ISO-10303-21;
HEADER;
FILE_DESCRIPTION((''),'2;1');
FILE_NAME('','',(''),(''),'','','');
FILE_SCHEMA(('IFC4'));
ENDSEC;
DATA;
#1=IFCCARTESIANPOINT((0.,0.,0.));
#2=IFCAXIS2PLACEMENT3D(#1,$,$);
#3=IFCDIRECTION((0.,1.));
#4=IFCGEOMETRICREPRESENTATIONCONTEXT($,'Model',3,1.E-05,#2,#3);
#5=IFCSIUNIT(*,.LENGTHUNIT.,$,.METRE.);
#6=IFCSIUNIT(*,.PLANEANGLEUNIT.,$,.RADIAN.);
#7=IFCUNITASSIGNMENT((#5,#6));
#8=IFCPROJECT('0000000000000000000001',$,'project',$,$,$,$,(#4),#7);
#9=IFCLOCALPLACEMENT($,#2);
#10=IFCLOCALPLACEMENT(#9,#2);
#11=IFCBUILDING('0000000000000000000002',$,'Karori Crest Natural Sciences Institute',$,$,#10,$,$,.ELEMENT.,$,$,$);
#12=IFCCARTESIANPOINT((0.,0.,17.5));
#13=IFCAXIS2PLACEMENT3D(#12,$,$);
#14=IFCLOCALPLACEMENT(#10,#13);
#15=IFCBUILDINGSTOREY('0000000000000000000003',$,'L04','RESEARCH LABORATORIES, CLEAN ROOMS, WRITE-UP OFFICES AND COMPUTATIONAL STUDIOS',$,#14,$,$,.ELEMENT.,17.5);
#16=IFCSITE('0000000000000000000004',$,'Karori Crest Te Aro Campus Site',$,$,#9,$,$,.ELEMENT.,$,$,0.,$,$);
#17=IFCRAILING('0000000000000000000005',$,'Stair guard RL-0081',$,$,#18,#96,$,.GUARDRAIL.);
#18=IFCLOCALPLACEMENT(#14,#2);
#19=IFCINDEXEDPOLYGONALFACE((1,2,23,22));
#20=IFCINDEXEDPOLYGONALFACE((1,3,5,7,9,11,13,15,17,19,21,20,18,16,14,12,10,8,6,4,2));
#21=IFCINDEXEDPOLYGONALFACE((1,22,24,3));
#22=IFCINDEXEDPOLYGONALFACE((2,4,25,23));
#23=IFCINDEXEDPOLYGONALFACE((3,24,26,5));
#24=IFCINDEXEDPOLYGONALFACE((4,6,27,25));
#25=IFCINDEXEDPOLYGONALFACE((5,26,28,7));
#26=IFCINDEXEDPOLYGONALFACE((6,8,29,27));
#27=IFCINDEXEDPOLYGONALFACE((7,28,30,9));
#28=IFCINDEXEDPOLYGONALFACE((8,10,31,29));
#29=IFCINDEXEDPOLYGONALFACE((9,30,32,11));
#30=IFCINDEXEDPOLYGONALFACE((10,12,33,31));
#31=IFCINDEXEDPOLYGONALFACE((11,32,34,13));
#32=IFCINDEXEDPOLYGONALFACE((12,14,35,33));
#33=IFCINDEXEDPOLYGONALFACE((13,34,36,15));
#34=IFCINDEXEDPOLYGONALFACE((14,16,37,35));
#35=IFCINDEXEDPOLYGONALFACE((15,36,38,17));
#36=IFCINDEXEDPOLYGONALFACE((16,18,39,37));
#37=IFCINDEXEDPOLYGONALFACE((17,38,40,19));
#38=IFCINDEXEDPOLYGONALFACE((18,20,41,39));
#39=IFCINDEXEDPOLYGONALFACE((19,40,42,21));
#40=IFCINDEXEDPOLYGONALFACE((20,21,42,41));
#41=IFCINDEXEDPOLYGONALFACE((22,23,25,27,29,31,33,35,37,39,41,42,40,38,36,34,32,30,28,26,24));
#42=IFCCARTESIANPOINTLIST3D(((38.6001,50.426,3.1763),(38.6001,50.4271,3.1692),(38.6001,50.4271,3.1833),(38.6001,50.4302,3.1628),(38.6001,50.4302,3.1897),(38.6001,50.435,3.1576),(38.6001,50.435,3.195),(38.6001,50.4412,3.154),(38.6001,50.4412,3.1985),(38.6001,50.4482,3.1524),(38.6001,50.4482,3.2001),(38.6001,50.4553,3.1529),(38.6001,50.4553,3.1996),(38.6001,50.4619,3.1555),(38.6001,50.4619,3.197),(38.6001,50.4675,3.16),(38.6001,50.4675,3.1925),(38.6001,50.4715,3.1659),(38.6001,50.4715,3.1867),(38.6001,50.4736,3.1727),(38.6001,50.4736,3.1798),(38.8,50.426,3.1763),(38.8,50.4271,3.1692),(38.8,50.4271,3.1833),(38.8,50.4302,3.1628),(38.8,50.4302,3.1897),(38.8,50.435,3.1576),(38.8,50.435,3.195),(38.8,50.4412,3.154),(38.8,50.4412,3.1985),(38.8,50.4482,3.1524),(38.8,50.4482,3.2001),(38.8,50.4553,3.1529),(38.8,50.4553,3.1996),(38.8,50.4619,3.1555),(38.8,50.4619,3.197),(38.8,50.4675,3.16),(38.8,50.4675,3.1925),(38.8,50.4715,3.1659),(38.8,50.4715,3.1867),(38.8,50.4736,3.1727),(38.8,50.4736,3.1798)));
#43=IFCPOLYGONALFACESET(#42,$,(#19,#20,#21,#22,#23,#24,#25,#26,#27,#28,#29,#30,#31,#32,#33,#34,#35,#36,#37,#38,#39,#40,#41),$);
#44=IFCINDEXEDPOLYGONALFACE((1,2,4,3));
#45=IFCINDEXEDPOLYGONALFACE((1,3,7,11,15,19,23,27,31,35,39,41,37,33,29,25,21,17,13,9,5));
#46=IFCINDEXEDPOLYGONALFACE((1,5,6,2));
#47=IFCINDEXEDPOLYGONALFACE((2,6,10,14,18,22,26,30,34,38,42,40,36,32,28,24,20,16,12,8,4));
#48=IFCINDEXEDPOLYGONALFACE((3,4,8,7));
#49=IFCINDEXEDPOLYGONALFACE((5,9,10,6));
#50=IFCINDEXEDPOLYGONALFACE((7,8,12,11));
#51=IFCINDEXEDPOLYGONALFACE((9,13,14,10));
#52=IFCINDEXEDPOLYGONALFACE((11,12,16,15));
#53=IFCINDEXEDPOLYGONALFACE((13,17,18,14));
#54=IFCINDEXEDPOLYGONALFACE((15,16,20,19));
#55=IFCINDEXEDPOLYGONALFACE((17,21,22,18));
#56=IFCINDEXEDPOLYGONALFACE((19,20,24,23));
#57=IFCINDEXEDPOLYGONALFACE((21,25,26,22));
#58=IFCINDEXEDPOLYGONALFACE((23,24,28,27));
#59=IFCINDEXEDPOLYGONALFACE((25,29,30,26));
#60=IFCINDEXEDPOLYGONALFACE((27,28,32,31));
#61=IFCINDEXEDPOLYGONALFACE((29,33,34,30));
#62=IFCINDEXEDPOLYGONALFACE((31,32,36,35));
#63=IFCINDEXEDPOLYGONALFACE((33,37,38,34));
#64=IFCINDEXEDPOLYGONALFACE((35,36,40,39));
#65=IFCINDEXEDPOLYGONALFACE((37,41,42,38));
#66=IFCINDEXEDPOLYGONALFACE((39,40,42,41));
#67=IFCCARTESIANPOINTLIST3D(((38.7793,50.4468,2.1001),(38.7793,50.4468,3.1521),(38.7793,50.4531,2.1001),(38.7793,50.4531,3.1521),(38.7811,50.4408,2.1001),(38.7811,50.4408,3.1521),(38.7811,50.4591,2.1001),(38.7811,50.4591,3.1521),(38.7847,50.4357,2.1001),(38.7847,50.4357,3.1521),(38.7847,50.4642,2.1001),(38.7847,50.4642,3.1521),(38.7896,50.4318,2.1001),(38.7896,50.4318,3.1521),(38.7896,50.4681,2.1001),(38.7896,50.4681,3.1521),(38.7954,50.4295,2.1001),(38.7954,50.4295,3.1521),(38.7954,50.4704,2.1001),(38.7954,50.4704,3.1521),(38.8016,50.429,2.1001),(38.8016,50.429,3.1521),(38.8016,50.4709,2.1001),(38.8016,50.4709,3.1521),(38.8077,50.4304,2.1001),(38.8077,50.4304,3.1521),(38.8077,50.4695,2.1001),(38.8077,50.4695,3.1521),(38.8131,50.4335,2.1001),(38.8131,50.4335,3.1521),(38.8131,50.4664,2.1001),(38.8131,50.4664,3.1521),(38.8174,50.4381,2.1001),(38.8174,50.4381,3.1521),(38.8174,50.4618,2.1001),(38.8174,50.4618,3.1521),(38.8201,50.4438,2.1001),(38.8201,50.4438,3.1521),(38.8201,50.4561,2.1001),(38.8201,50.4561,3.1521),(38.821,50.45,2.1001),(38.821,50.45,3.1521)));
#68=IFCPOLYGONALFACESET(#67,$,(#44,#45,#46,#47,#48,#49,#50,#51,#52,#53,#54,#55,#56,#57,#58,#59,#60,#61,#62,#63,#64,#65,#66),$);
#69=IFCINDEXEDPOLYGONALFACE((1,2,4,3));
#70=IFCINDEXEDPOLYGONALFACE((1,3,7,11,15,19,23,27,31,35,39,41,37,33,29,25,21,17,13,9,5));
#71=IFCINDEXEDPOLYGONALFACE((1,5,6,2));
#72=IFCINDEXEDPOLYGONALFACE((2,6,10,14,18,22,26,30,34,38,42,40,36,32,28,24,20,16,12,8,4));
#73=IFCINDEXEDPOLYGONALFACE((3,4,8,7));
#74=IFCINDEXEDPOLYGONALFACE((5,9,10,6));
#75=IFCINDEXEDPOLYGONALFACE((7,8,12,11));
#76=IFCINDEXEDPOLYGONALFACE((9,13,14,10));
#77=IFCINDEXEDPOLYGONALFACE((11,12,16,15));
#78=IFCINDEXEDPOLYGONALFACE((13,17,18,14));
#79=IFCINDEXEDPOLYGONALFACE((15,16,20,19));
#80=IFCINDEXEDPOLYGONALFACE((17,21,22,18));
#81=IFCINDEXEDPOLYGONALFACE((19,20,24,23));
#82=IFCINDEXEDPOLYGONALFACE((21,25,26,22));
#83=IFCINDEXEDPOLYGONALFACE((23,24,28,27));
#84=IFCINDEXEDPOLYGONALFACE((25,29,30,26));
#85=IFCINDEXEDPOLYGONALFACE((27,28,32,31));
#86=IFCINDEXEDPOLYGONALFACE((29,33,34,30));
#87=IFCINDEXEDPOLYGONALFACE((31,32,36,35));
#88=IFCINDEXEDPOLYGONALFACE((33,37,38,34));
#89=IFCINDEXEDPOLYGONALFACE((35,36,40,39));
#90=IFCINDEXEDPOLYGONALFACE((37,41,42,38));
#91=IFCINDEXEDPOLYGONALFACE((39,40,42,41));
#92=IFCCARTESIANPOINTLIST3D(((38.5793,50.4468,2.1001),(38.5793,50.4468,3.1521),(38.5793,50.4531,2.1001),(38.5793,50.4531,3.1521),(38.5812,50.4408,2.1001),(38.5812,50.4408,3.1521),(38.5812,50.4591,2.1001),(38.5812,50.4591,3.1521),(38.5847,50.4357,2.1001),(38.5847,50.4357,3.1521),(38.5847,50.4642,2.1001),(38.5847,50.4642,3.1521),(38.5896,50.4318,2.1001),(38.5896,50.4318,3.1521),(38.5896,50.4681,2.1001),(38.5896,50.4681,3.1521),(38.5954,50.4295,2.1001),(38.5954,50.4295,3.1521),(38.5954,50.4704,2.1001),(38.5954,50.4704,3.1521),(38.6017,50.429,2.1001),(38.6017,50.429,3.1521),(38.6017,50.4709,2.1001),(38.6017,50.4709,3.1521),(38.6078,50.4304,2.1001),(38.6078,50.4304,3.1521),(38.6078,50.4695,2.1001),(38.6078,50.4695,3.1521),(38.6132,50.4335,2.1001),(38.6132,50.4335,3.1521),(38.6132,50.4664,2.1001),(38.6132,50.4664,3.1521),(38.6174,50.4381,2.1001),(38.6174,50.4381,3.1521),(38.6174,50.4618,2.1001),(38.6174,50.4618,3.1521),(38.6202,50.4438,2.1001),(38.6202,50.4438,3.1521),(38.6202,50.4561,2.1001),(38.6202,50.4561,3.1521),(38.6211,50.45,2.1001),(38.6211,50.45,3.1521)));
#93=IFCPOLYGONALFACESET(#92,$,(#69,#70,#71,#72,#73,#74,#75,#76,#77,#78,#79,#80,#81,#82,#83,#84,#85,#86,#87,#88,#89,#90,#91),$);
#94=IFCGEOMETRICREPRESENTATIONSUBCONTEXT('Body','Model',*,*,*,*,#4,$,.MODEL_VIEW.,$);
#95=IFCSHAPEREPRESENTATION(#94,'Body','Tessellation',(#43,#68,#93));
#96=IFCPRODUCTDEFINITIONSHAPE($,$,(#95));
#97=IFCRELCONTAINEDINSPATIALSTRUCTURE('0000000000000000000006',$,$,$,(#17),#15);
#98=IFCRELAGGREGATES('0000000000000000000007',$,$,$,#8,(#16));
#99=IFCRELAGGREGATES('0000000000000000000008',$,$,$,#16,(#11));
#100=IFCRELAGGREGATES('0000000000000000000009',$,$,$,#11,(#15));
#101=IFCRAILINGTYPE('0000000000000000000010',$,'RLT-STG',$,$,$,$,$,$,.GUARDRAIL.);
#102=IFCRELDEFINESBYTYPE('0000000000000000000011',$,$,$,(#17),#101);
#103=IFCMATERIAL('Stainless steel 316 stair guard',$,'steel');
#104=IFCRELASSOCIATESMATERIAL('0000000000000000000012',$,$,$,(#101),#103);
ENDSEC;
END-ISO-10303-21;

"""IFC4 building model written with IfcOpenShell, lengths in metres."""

from ifc_helpers import new_model, si_unit, direction, frame, origin, origin_2d, place, context, subcontext, project, spatial, circle, extrude, material, type_object, element, save


model = new_model("IFC4")

# Units and contexts
model_context = context("Model", 3, precision=1e-05, world=origin(), true_north=direction((0.0, 1.0)))
body_context = subcontext(model_context, "Body", "Model", "MODEL_VIEW")
ifc_project = project(units=[si_unit("LENGTHUNIT", "METRE"), si_unit("PLANEANGLEUNIT", "RADIAN")], contexts=[model_context])

# Site, building, storey
site_placement = place(None, origin())
site = spatial("IfcSite", under=ifc_project, at=site_placement, Name="Karori Crest Te Aro Campus Site", CompositionType="ELEMENT", RefElevation=0.0)
building_placement = place(site_placement, origin())
building = spatial("IfcBuilding", under=site, at=building_placement, Name="Karori Crest Natural Sciences Institute", CompositionType="ELEMENT")
storey_placement = place(building_placement, frame((0.0, 0.0, 17.5)))
storey = spatial("IfcBuildingStorey", under=building, at=storey_placement, Name="L04", Description="RESEARCH LABORATORIES, CLEAN ROOMS, WRITE-UP OFFICES AND COMPUTATIONAL STUDIOS", CompositionType="ELEMENT", Elevation=17.5)

# Railing
ifc_material_1 = material(Name="Stainless steel 316 stair guard", Category="steel")
railing_type_1 = type_object("IfcRailingType", Name="RLT-STG", PredefinedType="GUARDRAIL", material=ifc_material_1)
railing_1_placement = place(storey_placement, frame((38.8, 50.45, 2.1001)))
element("IfcRailing", 1, at=railing_1_placement, inside=storey, type_object=railing_type_1, Name="Stair guard RL-0081", PredefinedType="GUARDRAIL", context=body_context, shape_type="SweptSolid", body=[
    extrude(circle(Radius=0.0239, at=origin_2d()), frame((0.0, 0.0, 1.0762), z_axis=(-1.0, 0.0, 0.0), x_axis=(0.0, -1.0, 0.0)), (0.0, 0.0, 1.0), 0.2),
    extrude(circle(Radius=0.021, at=origin_2d()), origin(), (0.0, 0.0, 1.0), 1.052),
    extrude(circle(Radius=0.021, at=origin_2d()), frame((-0.2, 0.0, 0.0)), (0.0, 0.0, 1.0), 1.052),
])

save(model, "model.ifc")
